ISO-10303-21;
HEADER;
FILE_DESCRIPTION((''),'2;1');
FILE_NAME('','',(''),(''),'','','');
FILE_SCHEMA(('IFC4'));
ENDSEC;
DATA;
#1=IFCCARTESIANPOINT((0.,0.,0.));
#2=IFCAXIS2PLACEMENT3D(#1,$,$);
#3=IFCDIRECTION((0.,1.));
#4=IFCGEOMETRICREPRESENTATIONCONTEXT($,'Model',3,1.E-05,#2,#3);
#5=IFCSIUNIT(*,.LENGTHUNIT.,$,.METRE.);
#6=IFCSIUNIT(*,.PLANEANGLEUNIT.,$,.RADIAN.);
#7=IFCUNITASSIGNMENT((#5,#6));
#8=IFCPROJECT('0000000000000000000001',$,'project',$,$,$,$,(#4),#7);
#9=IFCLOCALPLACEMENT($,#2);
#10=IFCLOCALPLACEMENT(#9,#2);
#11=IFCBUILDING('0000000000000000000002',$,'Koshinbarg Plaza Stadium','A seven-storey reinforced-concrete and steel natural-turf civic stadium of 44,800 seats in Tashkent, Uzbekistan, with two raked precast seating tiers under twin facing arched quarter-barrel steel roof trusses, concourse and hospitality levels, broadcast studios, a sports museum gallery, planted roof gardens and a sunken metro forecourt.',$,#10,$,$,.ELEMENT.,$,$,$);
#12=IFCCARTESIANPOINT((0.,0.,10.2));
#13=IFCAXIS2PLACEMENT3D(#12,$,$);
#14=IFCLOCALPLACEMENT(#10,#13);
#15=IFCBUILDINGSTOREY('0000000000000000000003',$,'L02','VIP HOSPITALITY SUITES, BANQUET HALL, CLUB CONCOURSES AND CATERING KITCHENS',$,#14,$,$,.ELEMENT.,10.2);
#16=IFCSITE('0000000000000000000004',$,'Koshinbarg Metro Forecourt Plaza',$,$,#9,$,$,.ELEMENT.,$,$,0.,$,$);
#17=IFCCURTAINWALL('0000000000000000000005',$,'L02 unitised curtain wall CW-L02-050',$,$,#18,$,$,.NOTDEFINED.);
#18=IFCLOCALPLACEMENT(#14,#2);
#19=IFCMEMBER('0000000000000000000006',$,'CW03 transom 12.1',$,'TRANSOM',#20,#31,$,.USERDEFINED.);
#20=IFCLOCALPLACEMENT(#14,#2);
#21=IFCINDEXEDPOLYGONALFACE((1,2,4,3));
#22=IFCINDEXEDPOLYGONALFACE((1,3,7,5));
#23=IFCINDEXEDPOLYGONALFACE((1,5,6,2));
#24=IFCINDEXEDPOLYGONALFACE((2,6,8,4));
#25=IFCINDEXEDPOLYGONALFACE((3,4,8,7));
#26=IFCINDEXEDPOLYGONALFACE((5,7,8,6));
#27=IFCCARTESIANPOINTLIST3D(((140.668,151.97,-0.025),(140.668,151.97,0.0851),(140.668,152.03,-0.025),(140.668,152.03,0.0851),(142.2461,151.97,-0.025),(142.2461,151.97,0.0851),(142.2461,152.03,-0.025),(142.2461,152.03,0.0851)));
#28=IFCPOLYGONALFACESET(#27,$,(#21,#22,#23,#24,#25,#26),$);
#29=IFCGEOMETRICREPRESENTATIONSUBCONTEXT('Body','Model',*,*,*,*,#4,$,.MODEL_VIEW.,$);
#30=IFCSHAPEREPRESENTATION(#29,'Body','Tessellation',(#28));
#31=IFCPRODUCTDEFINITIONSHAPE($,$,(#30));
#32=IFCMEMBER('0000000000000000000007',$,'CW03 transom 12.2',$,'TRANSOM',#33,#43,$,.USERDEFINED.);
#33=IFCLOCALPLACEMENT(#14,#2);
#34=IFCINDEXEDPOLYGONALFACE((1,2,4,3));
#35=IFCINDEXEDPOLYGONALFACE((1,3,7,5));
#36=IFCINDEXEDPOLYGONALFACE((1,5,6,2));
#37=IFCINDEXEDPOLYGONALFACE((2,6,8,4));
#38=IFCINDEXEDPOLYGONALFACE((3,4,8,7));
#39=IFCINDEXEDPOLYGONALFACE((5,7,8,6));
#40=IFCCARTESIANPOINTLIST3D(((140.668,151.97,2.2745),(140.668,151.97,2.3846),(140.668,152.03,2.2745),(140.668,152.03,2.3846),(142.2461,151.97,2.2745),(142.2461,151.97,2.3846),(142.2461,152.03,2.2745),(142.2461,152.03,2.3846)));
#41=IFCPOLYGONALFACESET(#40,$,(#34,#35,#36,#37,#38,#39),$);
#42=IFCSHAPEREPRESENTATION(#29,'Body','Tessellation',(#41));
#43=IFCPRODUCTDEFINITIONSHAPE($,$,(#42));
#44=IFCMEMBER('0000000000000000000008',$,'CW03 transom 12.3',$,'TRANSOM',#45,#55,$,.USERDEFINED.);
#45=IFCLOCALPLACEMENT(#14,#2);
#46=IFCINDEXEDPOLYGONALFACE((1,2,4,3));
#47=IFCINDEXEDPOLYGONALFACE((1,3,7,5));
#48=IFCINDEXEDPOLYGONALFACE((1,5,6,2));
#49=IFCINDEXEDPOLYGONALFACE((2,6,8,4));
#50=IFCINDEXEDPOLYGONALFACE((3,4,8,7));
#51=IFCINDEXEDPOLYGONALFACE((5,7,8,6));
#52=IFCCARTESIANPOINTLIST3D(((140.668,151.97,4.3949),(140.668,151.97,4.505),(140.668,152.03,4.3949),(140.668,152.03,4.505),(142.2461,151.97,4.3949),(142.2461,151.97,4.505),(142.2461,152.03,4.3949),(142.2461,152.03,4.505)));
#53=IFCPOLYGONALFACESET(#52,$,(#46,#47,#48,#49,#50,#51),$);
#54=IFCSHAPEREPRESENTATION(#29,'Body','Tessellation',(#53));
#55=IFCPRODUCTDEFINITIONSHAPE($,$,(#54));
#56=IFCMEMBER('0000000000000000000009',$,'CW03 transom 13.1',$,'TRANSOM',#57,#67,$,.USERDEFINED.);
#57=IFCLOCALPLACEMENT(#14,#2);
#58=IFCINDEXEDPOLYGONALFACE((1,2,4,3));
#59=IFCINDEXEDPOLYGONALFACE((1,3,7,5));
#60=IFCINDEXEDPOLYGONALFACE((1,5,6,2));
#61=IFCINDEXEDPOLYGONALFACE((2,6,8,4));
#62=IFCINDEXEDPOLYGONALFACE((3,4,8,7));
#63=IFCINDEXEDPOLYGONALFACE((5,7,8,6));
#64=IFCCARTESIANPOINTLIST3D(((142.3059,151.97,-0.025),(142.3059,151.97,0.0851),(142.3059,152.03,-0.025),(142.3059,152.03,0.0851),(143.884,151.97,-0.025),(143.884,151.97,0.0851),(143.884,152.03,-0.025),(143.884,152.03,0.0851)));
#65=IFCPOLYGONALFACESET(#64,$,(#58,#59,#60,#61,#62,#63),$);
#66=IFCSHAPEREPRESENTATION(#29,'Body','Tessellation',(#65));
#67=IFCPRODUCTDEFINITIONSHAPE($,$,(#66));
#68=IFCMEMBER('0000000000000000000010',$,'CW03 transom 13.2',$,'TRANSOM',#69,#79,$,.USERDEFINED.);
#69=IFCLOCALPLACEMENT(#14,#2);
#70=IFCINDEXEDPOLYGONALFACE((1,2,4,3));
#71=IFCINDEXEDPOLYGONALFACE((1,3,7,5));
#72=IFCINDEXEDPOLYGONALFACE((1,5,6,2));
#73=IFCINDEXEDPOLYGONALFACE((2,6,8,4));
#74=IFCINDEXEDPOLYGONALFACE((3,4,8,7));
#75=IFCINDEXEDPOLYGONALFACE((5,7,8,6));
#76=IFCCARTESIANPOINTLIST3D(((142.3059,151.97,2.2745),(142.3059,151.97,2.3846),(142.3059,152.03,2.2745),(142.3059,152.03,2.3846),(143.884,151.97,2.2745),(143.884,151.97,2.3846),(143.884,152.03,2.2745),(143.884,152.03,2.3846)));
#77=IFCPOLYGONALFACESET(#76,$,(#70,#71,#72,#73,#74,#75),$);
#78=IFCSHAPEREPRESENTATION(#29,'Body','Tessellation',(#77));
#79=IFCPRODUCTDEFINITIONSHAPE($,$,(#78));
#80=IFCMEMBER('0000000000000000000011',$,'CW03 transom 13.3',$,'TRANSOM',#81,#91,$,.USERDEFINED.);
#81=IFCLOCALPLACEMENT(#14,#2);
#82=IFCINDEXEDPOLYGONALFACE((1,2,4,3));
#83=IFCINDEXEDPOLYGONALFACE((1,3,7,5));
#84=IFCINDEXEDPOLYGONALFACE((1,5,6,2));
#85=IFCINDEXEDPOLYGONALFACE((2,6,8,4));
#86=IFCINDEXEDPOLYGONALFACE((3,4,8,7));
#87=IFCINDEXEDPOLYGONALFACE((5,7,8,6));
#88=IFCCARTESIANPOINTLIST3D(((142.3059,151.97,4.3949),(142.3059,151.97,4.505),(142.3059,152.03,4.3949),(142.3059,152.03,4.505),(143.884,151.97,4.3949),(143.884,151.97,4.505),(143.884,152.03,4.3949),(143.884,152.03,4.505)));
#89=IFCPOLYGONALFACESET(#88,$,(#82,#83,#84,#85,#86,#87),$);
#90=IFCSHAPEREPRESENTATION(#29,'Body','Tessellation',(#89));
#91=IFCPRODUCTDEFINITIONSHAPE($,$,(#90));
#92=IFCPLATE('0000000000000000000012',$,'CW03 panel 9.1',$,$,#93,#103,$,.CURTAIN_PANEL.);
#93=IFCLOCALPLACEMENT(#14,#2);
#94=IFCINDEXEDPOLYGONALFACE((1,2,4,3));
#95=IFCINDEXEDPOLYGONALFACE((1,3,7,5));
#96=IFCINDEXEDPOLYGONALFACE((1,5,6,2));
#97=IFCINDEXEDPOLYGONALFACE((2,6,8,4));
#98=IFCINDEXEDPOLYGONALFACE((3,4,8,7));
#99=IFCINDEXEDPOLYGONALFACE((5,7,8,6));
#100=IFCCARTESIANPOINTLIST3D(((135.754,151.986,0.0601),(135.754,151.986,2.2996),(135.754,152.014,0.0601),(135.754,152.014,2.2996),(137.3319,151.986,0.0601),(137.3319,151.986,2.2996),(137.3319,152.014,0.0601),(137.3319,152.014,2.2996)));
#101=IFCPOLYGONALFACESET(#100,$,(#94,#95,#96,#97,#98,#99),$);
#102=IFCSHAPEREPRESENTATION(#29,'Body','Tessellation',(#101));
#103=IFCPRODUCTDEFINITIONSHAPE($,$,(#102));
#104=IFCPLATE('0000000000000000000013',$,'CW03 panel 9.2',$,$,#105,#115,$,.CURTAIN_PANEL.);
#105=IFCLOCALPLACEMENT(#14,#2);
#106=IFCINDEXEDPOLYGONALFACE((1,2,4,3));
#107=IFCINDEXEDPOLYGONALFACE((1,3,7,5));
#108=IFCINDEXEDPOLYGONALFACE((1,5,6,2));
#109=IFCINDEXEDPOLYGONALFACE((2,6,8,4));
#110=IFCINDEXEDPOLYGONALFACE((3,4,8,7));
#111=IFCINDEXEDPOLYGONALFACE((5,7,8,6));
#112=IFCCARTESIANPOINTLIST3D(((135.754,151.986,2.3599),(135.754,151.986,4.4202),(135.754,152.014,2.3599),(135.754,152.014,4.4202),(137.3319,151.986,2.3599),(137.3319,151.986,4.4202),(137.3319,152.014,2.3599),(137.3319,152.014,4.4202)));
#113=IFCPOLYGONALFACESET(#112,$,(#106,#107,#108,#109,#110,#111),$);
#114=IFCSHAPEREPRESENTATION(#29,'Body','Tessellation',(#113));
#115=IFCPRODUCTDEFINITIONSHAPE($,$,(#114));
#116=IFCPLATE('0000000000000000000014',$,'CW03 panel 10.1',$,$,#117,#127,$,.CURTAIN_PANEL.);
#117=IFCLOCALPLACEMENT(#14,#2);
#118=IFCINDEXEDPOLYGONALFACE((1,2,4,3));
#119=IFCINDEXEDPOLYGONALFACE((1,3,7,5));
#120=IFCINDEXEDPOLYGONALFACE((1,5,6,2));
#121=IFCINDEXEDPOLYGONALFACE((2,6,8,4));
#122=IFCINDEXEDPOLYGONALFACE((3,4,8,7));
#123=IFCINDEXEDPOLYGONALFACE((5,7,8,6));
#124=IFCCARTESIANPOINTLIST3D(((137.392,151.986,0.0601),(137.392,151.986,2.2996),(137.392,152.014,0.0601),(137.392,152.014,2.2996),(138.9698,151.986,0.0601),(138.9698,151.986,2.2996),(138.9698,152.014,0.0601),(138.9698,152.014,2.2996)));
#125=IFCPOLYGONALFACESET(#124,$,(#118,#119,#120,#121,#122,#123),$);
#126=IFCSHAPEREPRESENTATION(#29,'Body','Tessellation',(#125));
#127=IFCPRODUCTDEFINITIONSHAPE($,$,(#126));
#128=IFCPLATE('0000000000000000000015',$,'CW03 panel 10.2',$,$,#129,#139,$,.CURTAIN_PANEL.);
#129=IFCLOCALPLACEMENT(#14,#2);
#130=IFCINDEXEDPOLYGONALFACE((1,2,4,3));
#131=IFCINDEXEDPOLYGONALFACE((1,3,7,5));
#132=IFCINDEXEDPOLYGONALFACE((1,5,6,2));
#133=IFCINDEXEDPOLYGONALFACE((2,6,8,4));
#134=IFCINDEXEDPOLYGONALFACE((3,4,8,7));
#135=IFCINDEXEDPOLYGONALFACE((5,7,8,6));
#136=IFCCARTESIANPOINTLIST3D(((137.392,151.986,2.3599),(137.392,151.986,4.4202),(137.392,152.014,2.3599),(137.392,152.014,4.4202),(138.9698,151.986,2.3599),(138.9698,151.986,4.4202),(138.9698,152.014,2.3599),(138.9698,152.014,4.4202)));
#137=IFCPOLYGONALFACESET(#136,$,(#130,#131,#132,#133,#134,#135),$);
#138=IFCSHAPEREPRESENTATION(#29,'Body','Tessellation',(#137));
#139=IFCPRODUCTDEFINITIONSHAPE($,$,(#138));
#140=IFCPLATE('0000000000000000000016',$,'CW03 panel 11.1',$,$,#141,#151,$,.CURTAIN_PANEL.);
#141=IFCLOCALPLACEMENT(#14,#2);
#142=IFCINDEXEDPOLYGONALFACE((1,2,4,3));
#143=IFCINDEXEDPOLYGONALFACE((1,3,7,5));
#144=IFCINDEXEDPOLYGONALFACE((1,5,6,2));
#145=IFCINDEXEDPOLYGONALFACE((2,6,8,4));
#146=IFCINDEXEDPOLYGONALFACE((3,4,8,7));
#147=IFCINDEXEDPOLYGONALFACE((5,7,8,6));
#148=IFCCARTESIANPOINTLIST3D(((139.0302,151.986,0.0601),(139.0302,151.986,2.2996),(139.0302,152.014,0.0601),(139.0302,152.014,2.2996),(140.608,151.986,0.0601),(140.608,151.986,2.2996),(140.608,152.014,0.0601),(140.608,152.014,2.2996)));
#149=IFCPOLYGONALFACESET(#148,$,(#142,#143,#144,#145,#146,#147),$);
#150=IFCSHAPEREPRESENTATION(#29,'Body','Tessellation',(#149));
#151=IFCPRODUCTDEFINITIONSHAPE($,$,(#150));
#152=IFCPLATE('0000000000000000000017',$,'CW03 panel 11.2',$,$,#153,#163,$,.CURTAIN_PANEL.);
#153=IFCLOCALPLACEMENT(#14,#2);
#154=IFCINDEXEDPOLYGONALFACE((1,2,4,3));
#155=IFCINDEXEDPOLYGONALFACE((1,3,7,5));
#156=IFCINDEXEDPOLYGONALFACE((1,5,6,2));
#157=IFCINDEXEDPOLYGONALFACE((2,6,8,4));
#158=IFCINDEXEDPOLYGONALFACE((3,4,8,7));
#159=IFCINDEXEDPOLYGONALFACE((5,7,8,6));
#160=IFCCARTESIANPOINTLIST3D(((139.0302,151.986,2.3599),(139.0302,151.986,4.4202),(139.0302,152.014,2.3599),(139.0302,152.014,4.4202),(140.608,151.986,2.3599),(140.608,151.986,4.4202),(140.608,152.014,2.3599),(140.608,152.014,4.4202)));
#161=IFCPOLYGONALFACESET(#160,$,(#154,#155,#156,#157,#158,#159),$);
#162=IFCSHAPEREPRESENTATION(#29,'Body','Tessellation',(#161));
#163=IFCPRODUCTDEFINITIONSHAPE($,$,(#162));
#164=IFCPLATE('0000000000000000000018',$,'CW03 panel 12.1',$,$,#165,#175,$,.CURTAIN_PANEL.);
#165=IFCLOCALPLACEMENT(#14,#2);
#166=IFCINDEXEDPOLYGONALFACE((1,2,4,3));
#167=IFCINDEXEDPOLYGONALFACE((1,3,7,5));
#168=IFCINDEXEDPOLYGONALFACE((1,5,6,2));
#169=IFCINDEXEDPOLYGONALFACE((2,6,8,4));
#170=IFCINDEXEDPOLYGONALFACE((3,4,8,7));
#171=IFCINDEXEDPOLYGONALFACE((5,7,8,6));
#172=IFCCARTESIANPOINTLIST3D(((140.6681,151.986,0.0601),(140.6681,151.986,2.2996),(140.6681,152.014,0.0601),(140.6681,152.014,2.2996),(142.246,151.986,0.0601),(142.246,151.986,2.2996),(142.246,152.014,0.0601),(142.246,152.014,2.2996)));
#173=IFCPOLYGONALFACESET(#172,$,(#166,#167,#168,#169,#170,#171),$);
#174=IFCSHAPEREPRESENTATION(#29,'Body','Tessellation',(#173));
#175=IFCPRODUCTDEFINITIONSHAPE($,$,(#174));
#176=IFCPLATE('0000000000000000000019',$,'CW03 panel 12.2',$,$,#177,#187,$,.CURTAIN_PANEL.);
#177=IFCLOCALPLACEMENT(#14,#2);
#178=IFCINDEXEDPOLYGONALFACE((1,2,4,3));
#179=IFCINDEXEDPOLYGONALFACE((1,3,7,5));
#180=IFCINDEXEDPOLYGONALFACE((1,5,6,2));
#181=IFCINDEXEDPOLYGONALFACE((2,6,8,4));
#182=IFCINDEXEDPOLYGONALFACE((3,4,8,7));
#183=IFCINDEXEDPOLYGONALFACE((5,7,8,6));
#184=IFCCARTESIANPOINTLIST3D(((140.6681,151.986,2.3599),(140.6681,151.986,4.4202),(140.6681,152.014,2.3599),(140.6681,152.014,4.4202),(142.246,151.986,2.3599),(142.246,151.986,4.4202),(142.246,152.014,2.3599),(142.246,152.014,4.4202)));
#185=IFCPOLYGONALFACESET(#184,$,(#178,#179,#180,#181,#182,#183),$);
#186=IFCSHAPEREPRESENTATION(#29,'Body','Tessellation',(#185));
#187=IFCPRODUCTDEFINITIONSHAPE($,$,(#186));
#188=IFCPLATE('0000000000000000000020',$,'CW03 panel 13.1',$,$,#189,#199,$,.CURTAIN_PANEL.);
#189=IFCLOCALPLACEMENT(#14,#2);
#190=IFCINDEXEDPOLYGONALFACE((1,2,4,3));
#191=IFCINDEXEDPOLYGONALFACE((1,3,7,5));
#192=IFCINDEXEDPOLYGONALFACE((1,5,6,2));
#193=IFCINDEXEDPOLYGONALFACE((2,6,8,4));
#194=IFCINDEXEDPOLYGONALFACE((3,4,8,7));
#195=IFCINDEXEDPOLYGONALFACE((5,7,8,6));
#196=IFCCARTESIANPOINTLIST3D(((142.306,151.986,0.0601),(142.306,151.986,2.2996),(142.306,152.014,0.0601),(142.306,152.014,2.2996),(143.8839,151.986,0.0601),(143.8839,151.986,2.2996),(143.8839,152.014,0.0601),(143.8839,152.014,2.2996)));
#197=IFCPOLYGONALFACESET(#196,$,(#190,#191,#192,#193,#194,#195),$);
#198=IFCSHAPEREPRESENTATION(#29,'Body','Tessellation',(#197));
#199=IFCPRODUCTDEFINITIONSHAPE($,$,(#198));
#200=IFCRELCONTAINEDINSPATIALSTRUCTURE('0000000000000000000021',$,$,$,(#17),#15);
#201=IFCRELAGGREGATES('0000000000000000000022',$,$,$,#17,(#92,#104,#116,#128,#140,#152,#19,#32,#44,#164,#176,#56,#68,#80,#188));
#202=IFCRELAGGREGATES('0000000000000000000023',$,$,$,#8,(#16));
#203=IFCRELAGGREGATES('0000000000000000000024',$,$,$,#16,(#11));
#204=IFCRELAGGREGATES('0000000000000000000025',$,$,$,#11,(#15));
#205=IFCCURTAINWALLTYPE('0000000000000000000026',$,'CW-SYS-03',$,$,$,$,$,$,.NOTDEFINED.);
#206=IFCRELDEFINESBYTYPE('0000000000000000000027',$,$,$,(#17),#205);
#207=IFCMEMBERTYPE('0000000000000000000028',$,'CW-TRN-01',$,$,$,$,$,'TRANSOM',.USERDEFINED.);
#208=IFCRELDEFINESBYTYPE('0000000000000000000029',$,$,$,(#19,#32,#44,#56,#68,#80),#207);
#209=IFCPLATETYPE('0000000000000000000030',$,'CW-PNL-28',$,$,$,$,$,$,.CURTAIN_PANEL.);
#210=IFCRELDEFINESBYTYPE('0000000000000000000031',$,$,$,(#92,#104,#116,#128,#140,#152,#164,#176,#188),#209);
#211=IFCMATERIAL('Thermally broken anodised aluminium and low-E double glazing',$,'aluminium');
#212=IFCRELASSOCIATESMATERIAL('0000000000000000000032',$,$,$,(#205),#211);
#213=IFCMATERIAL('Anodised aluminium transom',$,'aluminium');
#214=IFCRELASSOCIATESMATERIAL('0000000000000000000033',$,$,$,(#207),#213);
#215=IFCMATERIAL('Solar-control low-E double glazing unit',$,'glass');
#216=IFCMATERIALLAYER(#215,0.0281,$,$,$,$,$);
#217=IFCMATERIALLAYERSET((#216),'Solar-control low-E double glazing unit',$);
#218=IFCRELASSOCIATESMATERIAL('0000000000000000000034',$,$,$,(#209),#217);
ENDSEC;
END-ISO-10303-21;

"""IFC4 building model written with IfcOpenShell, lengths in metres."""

from ifc_helpers import new_model, si_unit, direction, frame, origin, origin_2d, place, context, subcontext, project, spatial, rectangle, extrude, material, layer, layer_set, material_profile, profile_set, type_object, element, aggregate, save


model = new_model("IFC4")

# Units and contexts
model_context = context("Model", 3, precision=1e-05, world=origin(), true_north=direction((0.0, 1.0)))
body_context = subcontext(model_context, "Body", "Model", "MODEL_VIEW")
ifc_project = project(units=[si_unit("LENGTHUNIT", "METRE"), si_unit("PLANEANGLEUNIT", "RADIAN")], contexts=[model_context])

# Site, building, storey
site_placement = place(None, origin())
site = spatial("IfcSite", under=ifc_project, at=site_placement, Name="Koshinbarg Metro Forecourt Plaza", CompositionType="ELEMENT", RefElevation=0.0)
building_placement = place(site_placement, origin())
building = spatial("IfcBuilding", under=site, at=building_placement, Name="Koshinbarg Plaza Stadium", Description="A seven-storey reinforced-concrete and steel natural-turf civic stadium of 44,800 seats in Tashkent, Uzbekistan, with two raked precast seating tiers under twin facing arched quarter-barrel steel roof trusses, concourse and hospitality levels, broadcast studios, a sports museum gallery, planted roof gardens and a sunken metro forecourt.", CompositionType="ELEMENT")
storey_placement = place(building_placement, frame((0.0, 0.0, 10.2)))
storey = spatial("IfcBuildingStorey", under=building, at=storey_placement, Name="L02", Description="VIP HOSPITALITY SUITES, BANQUET HALL, CLUB CONCOURSES AND CATERING KITCHENS", CompositionType="ELEMENT", Elevation=10.2)

# Curtain wall, members, plates
ifc_material_1 = material(Name="Thermally broken anodised aluminium and low-E double glazing", Category="aluminium")
curtain_wall_type = type_object("IfcCurtainWallType", Name="CW-SYS-03", PredefinedType="NOTDEFINED", material=ifc_material_1)
curtain_wall_placement = place(storey_placement, origin())
curtain_wall = element("IfcCurtainWall", 1, at=curtain_wall_placement, inside=storey, type_object=curtain_wall_type, Name="L02 unitised curtain wall CW-L02-050", PredefinedType="NOTDEFINED")
ifc_material_2 = material(Name="Anodised aluminium transom", Category="aluminium")
ifc_material_profile_1 = material_profile(ifc_material_2, rectangle(XDim=0.0601, YDim=0.1101, at=origin_2d()), Name="ALU 60x110")
ifc_profile_set_1 = profile_set([ifc_material_profile_1], Name="Anodised aluminium transom")
member_type_1 = type_object("IfcMemberType", Name="CW-TRN-01", ElementType="TRANSOM", PredefinedType="USERDEFINED", material=ifc_profile_set_1)
member_1_placement = place(storey_placement, frame((140.668, 152.0, 0.03), z_axis=(1.0, 0.0, 0.0), x_axis=(0.0, 1.0, 0.0)))
member_1 = element("IfcMember", 2, at=member_1_placement, type_object=member_type_1, Name="CW03 transom 12.1", ObjectType="TRANSOM", PredefinedType="USERDEFINED", context=body_context, shape_type="SweptSolid", body=[
    extrude(rectangle(XDim=0.0601, YDim=0.1101, at=origin_2d()), origin(), (0.0, 0.0, 1.0), 1.5781),
])
member_2_placement = place(storey_placement, frame((140.668, 152.0, 2.3296), z_axis=(1.0, 0.0, 0.0), x_axis=(0.0, 1.0, 0.0)))
member_2 = element("IfcMember", 3, at=member_2_placement, type_object=member_type_1, Name="CW03 transom 12.2", ObjectType="TRANSOM", PredefinedType="USERDEFINED", context=body_context, shape_type="SweptSolid", body=[
    extrude(rectangle(XDim=0.0601, YDim=0.1101, at=origin_2d()), origin(), (0.0, 0.0, 1.0), 1.5781),
])
member_3_placement = place(storey_placement, frame((140.668, 152.0, 4.45), z_axis=(1.0, 0.0, 0.0), x_axis=(0.0, 1.0, 0.0)))
member_3 = element("IfcMember", 4, at=member_3_placement, type_object=member_type_1, Name="CW03 transom 12.3", ObjectType="TRANSOM", PredefinedType="USERDEFINED", context=body_context, shape_type="SweptSolid", body=[
    extrude(rectangle(XDim=0.0601, YDim=0.1101, at=origin_2d()), origin(), (0.0, 0.0, 1.0), 1.5781),
])
member_4_placement = place(storey_placement, frame((142.3059, 152.0, 0.03), z_axis=(1.0, 0.0, 0.0), x_axis=(0.0, 1.0, 0.0)))
member_4 = element("IfcMember", 5, at=member_4_placement, type_object=member_type_1, Name="CW03 transom 13.1", ObjectType="TRANSOM", PredefinedType="USERDEFINED", context=body_context, shape_type="SweptSolid", body=[
    extrude(rectangle(XDim=0.0601, YDim=0.1101, at=origin_2d()), origin(), (0.0, 0.0, 1.0), 1.5781),
])
member_5_placement = place(storey_placement, frame((142.3059, 152.0, 2.3296), z_axis=(1.0, 0.0, 0.0), x_axis=(0.0, 1.0, 0.0)))
member_5 = element("IfcMember", 6, at=member_5_placement, type_object=member_type_1, Name="CW03 transom 13.2", ObjectType="TRANSOM", PredefinedType="USERDEFINED", context=body_context, shape_type="SweptSolid", body=[
    extrude(rectangle(XDim=0.0601, YDim=0.1101, at=origin_2d()), origin(), (0.0, 0.0, 1.0), 1.5781),
])
member_6_placement = place(storey_placement, frame((142.3059, 152.0, 4.45), z_axis=(1.0, 0.0, 0.0), x_axis=(0.0, 1.0, 0.0)))
member_6 = element("IfcMember", 7, at=member_6_placement, type_object=member_type_1, Name="CW03 transom 13.3", ObjectType="TRANSOM", PredefinedType="USERDEFINED", context=body_context, shape_type="SweptSolid", body=[
    extrude(rectangle(XDim=0.0601, YDim=0.1101, at=origin_2d()), origin(), (0.0, 0.0, 1.0), 1.5781),
])
ifc_material_3 = material(Name="Solar-control low-E double glazing unit", Category="glass")
ifc_layer = layer(ifc_material_3, 0.0281)
ifc_layer_set = layer_set([ifc_layer], Name="Solar-control low-E double glazing unit")
plate_type = type_object("IfcPlateType", Name="CW-PNL-28", PredefinedType="CURTAIN_PANEL", material=ifc_layer_set)
plate_1_placement = place(storey_placement, frame((136.543, 152.0, 0.0601), z_axis=(0.0, 0.0, 1.0), x_axis=(1.0, 0.0, 0.0)))
plate_1 = element("IfcPlate", 8, at=plate_1_placement, type_object=plate_type, Name="CW03 panel 9.1", PredefinedType="CURTAIN_PANEL", context=body_context, shape_type="SweptSolid", body=[
    extrude(rectangle(XDim=1.5779, YDim=0.0281, at=origin_2d()), origin(), (0.0, 0.0, 1.0), 2.2395),
])
plate_2_placement = place(storey_placement, frame((136.543, 152.0, 2.3599), z_axis=(0.0, 0.0, 1.0), x_axis=(1.0, 0.0, 0.0)))
plate_2 = element("IfcPlate", 9, at=plate_2_placement, type_object=plate_type, Name="CW03 panel 9.2", PredefinedType="CURTAIN_PANEL", context=body_context, shape_type="SweptSolid", body=[
    extrude(rectangle(XDim=1.5779, YDim=0.0281, at=origin_2d()), origin(), (0.0, 0.0, 1.0), 2.0603),
])
plate_3_placement = place(storey_placement, frame((138.1809, 152.0, 0.0601), z_axis=(0.0, 0.0, 1.0), x_axis=(1.0, 0.0, 0.0)))
plate_3 = element("IfcPlate", 10, at=plate_3_placement, type_object=plate_type, Name="CW03 panel 10.1", PredefinedType="CURTAIN_PANEL", context=body_context, shape_type="SweptSolid", body=[
    extrude(rectangle(XDim=1.5779, YDim=0.0281, at=origin_2d()), origin(), (0.0, 0.0, 1.0), 2.2395),
])
plate_4_placement = place(storey_placement, frame((138.1809, 152.0, 2.3599), z_axis=(0.0, 0.0, 1.0), x_axis=(1.0, 0.0, 0.0)))
plate_4 = element("IfcPlate", 11, at=plate_4_placement, type_object=plate_type, Name="CW03 panel 10.2", PredefinedType="CURTAIN_PANEL", context=body_context, shape_type="SweptSolid", body=[
    extrude(rectangle(XDim=1.5779, YDim=0.0281, at=origin_2d()), origin(), (0.0, 0.0, 1.0), 2.0603),
])
plate_5_placement = place(storey_placement, frame((139.8191, 152.0, 0.0601), z_axis=(0.0, 0.0, 1.0), x_axis=(1.0, 0.0, 0.0)))
plate_5 = element("IfcPlate", 12, at=plate_5_placement, type_object=plate_type, Name="CW03 panel 11.1", PredefinedType="CURTAIN_PANEL", context=body_context, shape_type="SweptSolid", body=[
    extrude(rectangle(XDim=1.5779, YDim=0.0281, at=origin_2d()), origin(), (0.0, 0.0, 1.0), 2.2395),
])
plate_6_placement = place(storey_placement, frame((139.8191, 152.0, 2.3599), z_axis=(0.0, 0.0, 1.0), x_axis=(1.0, 0.0, 0.0)))
plate_6 = element("IfcPlate", 13, at=plate_6_placement, type_object=plate_type, Name="CW03 panel 11.2", PredefinedType="CURTAIN_PANEL", context=body_context, shape_type="SweptSolid", body=[
    extrude(rectangle(XDim=1.5779, YDim=0.0281, at=origin_2d()), origin(), (0.0, 0.0, 1.0), 2.0603),
])
plate_7_placement = place(storey_placement, frame((141.457, 152.0, 0.0601), z_axis=(0.0, 0.0, 1.0), x_axis=(1.0, 0.0, 0.0)))
plate_7 = element("IfcPlate", 14, at=plate_7_placement, type_object=plate_type, Name="CW03 panel 12.1", PredefinedType="CURTAIN_PANEL", context=body_context, shape_type="SweptSolid", body=[
    extrude(rectangle(XDim=1.5779, YDim=0.0281, at=origin_2d()), origin(), (0.0, 0.0, 1.0), 2.2395),
])
plate_8_placement = place(storey_placement, frame((141.457, 152.0, 2.3599), z_axis=(0.0, 0.0, 1.0), x_axis=(1.0, 0.0, 0.0)))
plate_8 = element("IfcPlate", 15, at=plate_8_placement, type_object=plate_type, Name="CW03 panel 12.2", PredefinedType="CURTAIN_PANEL", context=body_context, shape_type="SweptSolid", body=[
    extrude(rectangle(XDim=1.5779, YDim=0.0281, at=origin_2d()), origin(), (0.0, 0.0, 1.0), 2.0603),
])
plate_9_placement = place(storey_placement, frame((143.095, 152.0, 0.0601), z_axis=(0.0, 0.0, 1.0), x_axis=(1.0, 0.0, 0.0)))
plate_9 = element("IfcPlate", 16, at=plate_9_placement, type_object=plate_type, Name="CW03 panel 13.1", PredefinedType="CURTAIN_PANEL", context=body_context, shape_type="SweptSolid", body=[
    extrude(rectangle(XDim=1.5779, YDim=0.0281, at=origin_2d()), origin(), (0.0, 0.0, 1.0), 2.2395),
])
aggregate(curtain_wall, [plate_1, plate_2, plate_3, plate_4, plate_5, plate_6, member_1, member_2, member_3, plate_7, plate_8, member_4, member_5, member_6, plate_9])

save(model, "model.ifc")
